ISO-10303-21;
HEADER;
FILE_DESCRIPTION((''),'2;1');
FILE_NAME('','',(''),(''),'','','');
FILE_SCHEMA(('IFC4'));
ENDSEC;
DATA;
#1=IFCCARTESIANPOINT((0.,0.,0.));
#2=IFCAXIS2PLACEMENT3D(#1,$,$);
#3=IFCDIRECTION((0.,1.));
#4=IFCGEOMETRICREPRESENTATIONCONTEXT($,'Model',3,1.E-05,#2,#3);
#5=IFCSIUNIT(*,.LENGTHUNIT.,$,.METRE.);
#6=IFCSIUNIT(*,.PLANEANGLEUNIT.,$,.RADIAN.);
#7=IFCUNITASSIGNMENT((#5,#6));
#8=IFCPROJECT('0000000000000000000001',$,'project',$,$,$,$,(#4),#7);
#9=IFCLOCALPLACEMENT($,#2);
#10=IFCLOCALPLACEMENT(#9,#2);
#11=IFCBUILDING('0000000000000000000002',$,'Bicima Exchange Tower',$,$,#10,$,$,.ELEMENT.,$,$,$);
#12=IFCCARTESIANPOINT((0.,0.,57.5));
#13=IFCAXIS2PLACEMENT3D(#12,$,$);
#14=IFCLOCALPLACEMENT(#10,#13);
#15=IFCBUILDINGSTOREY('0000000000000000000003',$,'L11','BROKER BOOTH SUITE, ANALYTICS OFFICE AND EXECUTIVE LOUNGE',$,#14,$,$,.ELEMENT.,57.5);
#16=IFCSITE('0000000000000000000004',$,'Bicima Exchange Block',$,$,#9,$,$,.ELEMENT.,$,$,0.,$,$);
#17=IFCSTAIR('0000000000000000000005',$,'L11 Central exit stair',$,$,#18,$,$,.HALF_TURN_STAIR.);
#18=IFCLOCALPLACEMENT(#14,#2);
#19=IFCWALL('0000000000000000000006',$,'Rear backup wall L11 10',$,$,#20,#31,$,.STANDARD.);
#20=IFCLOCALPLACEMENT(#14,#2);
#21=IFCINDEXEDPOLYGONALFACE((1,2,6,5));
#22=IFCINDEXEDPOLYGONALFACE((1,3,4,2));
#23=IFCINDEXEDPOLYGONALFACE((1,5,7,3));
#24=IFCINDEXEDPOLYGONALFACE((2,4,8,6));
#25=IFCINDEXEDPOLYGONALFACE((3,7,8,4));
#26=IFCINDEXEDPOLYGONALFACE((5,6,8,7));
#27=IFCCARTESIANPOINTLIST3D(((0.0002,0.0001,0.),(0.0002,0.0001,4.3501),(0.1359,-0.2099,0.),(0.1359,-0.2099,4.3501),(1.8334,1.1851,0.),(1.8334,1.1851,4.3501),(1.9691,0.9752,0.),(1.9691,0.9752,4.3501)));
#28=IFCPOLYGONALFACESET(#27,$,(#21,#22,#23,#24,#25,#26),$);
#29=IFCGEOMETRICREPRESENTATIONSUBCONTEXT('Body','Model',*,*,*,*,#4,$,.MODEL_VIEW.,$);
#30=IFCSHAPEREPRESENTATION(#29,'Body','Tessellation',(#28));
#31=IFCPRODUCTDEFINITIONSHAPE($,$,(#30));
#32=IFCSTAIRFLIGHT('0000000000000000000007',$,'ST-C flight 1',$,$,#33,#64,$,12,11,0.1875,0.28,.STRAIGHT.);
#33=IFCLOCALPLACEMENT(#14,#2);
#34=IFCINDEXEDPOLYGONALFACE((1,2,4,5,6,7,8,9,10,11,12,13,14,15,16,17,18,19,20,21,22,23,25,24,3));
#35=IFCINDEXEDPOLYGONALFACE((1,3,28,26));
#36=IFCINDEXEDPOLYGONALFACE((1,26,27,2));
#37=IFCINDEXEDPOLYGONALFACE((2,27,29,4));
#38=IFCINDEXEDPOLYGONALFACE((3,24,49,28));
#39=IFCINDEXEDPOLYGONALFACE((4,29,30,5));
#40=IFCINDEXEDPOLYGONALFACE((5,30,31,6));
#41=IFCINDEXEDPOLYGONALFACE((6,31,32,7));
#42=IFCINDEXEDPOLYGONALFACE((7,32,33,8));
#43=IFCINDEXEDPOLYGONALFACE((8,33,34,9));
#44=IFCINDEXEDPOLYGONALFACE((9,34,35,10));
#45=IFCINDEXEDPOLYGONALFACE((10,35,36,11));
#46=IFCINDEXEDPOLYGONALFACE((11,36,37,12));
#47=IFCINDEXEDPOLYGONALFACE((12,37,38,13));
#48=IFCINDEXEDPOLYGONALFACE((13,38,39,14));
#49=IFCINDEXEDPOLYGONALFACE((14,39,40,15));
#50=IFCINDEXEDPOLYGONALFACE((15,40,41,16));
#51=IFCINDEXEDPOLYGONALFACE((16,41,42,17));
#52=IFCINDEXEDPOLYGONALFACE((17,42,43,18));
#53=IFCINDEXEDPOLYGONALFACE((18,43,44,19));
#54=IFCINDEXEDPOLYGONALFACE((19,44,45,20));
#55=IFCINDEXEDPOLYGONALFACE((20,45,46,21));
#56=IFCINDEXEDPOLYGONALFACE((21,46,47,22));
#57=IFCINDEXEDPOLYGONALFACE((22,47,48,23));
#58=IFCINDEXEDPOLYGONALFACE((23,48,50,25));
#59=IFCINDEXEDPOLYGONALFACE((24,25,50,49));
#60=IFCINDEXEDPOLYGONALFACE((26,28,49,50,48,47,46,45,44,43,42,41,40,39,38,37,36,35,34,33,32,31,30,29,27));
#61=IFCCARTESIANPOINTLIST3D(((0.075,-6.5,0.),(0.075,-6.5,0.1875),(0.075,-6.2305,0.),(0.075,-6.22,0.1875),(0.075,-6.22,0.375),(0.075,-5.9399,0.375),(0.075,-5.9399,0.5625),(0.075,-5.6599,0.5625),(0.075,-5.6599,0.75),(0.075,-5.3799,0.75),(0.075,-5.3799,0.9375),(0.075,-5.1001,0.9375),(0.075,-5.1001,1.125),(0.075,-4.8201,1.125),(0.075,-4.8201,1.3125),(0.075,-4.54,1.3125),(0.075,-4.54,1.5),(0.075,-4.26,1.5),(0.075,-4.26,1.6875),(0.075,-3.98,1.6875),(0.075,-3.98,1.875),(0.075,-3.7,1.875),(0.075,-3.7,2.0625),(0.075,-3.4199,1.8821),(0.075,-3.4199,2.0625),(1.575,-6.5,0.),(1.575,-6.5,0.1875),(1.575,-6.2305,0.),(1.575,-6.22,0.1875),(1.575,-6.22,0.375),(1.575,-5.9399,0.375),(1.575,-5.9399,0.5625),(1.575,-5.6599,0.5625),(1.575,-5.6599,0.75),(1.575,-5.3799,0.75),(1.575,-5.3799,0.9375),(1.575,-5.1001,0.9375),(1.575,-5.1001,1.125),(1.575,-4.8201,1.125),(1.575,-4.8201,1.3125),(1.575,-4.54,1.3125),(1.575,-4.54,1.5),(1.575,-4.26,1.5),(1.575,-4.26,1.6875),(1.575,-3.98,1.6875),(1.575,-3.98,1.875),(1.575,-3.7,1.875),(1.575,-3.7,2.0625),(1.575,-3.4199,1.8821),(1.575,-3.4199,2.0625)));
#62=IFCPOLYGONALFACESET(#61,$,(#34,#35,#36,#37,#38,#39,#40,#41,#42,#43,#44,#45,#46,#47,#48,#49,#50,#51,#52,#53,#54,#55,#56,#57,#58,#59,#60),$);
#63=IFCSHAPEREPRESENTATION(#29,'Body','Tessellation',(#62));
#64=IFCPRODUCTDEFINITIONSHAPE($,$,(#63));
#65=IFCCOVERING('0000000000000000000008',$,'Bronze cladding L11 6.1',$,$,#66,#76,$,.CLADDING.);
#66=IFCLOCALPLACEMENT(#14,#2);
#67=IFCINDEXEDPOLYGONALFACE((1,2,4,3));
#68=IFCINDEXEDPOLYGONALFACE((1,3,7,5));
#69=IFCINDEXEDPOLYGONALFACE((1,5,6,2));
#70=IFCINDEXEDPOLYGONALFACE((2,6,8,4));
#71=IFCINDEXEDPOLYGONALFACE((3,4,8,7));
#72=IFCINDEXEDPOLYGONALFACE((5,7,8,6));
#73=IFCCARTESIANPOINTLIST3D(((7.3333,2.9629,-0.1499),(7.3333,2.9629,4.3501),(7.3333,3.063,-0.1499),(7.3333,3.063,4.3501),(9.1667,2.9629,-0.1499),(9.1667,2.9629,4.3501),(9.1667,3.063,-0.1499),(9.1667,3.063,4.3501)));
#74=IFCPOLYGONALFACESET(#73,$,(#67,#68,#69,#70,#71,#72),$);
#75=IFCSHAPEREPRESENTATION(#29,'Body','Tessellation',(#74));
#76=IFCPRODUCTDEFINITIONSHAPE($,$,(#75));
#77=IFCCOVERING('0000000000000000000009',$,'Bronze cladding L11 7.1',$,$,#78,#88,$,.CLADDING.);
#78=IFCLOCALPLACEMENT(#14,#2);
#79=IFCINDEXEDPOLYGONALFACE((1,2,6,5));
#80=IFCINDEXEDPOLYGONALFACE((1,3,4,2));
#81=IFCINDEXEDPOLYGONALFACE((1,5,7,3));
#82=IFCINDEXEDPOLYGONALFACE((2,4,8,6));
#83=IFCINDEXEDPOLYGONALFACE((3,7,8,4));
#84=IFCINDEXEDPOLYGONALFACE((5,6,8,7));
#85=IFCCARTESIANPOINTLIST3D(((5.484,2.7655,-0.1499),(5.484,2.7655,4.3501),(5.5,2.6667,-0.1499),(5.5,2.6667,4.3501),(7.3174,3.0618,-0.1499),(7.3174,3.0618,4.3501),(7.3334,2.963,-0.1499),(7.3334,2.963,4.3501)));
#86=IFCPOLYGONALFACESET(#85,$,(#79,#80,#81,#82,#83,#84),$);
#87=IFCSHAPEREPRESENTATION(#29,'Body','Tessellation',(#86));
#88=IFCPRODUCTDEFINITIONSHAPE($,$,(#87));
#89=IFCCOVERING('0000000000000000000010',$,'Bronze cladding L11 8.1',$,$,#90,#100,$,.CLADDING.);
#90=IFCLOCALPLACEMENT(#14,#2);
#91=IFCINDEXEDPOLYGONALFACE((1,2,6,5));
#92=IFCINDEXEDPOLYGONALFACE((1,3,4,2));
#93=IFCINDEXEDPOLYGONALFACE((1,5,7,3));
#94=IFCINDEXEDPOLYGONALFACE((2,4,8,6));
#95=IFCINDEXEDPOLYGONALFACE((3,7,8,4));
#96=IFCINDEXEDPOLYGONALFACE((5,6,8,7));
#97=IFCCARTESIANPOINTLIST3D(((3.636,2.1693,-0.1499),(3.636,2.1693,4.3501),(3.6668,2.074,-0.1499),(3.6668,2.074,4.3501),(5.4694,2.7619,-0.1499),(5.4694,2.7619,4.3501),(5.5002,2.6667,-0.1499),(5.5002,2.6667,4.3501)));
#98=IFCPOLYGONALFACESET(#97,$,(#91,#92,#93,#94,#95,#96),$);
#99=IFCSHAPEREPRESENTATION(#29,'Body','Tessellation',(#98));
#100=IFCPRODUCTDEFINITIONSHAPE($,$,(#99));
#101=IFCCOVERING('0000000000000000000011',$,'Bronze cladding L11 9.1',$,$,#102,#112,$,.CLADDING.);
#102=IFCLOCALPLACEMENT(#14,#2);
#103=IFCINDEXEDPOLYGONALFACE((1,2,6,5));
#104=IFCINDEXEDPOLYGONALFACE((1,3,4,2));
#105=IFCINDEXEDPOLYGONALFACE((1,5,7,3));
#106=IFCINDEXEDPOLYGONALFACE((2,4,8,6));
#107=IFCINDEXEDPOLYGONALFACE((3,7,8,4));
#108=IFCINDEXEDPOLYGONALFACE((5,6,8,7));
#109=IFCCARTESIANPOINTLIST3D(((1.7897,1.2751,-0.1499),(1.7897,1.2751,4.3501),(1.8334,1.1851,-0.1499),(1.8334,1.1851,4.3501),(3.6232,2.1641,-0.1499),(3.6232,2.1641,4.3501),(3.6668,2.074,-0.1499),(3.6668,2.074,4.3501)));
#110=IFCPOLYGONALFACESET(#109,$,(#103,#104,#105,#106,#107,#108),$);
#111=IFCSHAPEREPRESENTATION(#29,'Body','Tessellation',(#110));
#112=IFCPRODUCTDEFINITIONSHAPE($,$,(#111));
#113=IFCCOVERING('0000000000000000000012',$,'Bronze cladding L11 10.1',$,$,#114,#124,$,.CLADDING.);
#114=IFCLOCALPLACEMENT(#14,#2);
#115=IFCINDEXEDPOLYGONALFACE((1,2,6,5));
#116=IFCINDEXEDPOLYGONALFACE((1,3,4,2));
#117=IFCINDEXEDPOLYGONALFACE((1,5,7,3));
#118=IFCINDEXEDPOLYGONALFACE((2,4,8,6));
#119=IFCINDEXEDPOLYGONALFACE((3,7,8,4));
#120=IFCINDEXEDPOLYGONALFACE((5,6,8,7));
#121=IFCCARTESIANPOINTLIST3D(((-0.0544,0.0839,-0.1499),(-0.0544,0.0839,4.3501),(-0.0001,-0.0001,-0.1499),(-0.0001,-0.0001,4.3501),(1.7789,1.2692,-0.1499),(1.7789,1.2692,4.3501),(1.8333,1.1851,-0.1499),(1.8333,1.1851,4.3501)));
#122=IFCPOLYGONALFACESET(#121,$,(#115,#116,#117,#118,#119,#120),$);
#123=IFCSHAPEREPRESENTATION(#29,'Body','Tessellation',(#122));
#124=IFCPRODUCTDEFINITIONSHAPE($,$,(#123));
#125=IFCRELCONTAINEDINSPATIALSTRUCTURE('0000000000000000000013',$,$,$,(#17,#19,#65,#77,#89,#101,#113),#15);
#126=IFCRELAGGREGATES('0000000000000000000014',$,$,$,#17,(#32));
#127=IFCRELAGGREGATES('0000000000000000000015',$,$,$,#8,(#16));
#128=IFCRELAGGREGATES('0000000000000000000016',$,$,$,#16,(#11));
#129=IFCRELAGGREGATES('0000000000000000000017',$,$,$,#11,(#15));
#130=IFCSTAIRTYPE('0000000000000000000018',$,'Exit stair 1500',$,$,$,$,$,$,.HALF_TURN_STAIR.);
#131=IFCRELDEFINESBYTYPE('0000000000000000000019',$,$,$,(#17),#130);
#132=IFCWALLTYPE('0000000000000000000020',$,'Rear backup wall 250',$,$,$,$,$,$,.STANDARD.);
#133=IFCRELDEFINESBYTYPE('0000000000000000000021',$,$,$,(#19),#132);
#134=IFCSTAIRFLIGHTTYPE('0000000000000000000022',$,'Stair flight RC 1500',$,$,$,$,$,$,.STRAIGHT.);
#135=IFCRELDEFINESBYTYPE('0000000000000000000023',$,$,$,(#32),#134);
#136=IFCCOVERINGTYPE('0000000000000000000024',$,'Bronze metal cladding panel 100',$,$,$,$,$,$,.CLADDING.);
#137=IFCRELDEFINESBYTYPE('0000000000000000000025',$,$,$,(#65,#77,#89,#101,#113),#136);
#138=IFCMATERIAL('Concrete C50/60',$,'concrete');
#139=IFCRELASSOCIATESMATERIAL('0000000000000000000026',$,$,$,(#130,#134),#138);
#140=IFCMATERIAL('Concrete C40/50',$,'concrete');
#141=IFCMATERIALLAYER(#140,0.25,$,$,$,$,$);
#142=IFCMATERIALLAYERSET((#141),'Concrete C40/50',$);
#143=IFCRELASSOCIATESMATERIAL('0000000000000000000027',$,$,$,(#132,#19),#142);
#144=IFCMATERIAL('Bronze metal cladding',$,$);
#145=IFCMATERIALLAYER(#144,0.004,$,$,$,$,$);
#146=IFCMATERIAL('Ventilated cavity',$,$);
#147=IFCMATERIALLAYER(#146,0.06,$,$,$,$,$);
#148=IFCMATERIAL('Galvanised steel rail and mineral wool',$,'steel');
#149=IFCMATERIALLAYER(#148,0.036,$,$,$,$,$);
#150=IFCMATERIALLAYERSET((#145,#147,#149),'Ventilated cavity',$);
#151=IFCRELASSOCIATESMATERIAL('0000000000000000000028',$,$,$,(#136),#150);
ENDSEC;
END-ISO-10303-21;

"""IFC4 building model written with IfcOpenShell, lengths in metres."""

from ifc_helpers import new_model, si_unit, direction, frame, frame_2d, origin, origin_2d, place, context, subcontext, project, spatial, polyline, rectangle, outline, extrude, material, layer, layer_set, layer_usage, type_object, element, aggregate, save


model = new_model("IFC4")

# Units and contexts
model_context = context("Model", 3, precision=1e-05, world=origin(), true_north=direction((0.0, 1.0)))
body_context = subcontext(model_context, "Body", "Model", "MODEL_VIEW")
ifc_project = project(units=[si_unit("LENGTHUNIT", "METRE"), si_unit("PLANEANGLEUNIT", "RADIAN")], contexts=[model_context])

# Site, building, storey
site_placement = place(None, origin())
site = spatial("IfcSite", under=ifc_project, at=site_placement, Name="Bicima Exchange Block", CompositionType="ELEMENT", RefElevation=0.0)
building_placement = place(site_placement, origin())
building = spatial("IfcBuilding", under=site, at=building_placement, Name="Bicima Exchange Tower", CompositionType="ELEMENT")
storey_placement = place(building_placement, frame((0.0, 0.0, 57.5)))
storey = spatial("IfcBuildingStorey", under=building, at=storey_placement, Name="L11", Description="BROKER BOOTH SUITE, ANALYTICS OFFICE AND EXECUTIVE LOUNGE", CompositionType="ELEMENT", Elevation=57.5)

# Stair
ifc_material_1 = material(Name="Concrete C50/60", Category="concrete")
stair_type_1 = type_object("IfcStairType", Name="Exit stair 1500", PredefinedType="HALF_TURN_STAIR", material=ifc_material_1)
stair_1_placement = place(storey_placement, origin())
stair_1 = element("IfcStair", 1, at=stair_1_placement, inside=storey, type_object=stair_type_1, Name="L11 Central exit stair", PredefinedType="HALF_TURN_STAIR")

# Wall
ifc_material_2 = material(Name="Concrete C40/50", Category="concrete")
ifc_layer_1 = layer(ifc_material_2, 0.25)
ifc_layer_set_1 = layer_set([ifc_layer_1], Name="Concrete C40/50")
ifc_layer_usage = layer_usage(ifc_layer_set_1, "AXIS2", "POSITIVE", -0.125)
wall_type_1 = type_object("IfcWallType", Name="Rear backup wall 250", PredefinedType="STANDARD", material=ifc_layer_set_1)
wall_1_placement = place(storey_placement, frame((1.9011, 1.0801, 0.0), z_axis=(0.0, 0.0, 1.0), x_axis=(-0.839813, -0.542876, 0.0)))
element("IfcWall", 2, at=wall_1_placement, inside=storey, type_object=wall_type_1, material=ifc_layer_usage, Name="Rear backup wall L11 10", PredefinedType="STANDARD", context=body_context, shape_type="SweptSolid", body=[
    extrude(rectangle(XDim=2.1829, YDim=0.25, at=frame_2d((1.0913, 0.0))), origin(), (0.0, 0.0, 1.0), 4.3501),
])

# Stair flight
stair_flight_type = type_object("IfcStairFlightType", Name="Stair flight RC 1500", PredefinedType="STRAIGHT", material=ifc_material_1)
stair_flight_placement = place(storey_placement, frame((0.825, -6.5, 0.0), z_axis=(0.0, 0.0, 1.0), x_axis=(0.0, 1.0, 0.0)))
stair_flight = element("IfcStairFlight", 3, at=stair_flight_placement, type_object=stair_flight_type, Name="ST-C flight 1", NumberOfRisers=12, NumberOfTreads=11, PredefinedType="STRAIGHT", RiserHeight=0.1875, TreadLength=0.28, context=body_context, shape_type="SweptSolid", body=[
    extrude(outline(polyline([(0.0, 0.0), (0.0, 0.1875), (0.28, 0.1875), (0.28, 0.375), (0.5601, 0.375), (0.5601, 0.5625), (0.8401, 0.5625), (0.8401, 0.75), (1.1201, 0.75), (1.1201, 0.9375), (1.3999, 0.9375), (1.3999, 1.125), (1.6799, 1.125), (1.6799, 1.3125), (1.96, 1.3125), (1.96, 1.5), (2.24, 1.5), (2.24, 1.6875), (2.52, 1.6875), (2.52, 1.875), (2.8, 1.875), (2.8, 2.0625), (3.0801, 2.0625), (3.0801, 2.25), (3.0801, 1.8821), (0.2695, 0.0), (0.0, 0.0)])), frame((0.0, 0.75, 0.0), z_axis=(0.0, -1.0, 0.0), x_axis=(1.0, 0.0, 0.0)), (0.0, 0.0, 1.0), 1.5),
])
aggregate(stair_1, [stair_flight])

# Coverings
ifc_material_3 = material(Name="Bronze metal cladding")
ifc_layer_2 = layer(ifc_material_3, 0.004)
ifc_material_4 = material(Name="Ventilated cavity")
ifc_layer_3 = layer(ifc_material_4, 0.06)
ifc_material_5 = material(Name="Galvanised steel rail and mineral wool", Category="steel")
ifc_layer_4 = layer(ifc_material_5, 0.036)
ifc_layer_set_2 = layer_set([ifc_layer_2, ifc_layer_3, ifc_layer_4], Name="Ventilated cavity")
covering_type = type_object("IfcCoveringType", Name="Bronze metal cladding panel 100", PredefinedType="CLADDING", material=ifc_layer_set_2)
covering_1_placement = place(storey_placement, frame((8.25, 3.0129, -0.1499), z_axis=(0.0, 0.0, 1.0), x_axis=(-1.0, 0.0, 0.0)))
element("IfcCovering", 4, at=covering_1_placement, inside=storey, type_object=covering_type, Name="Bronze cladding L11 6.1", PredefinedType="CLADDING", context=body_context, shape_type="SweptSolid", body=[
    extrude(rectangle(XDim=1.8335, YDim=0.1001, at=origin_2d()), origin(), (0.0, 0.0, 1.0), 4.5),
])
covering_2_placement = place(storey_placement, frame((6.4087, 2.8643, -0.1499), z_axis=(0.0, 0.0, 1.0), x_axis=(-0.98719, -0.15955, 0.0)))
element("IfcCovering", 5, at=covering_2_placement, inside=storey, type_object=covering_type, Name="Bronze cladding L11 7.1", PredefinedType="CLADDING", context=body_context, shape_type="SweptSolid", body=[
    extrude(rectangle(XDim=1.8572, YDim=0.1001, at=origin_2d()), origin(), (0.0, 0.0, 1.0), 4.5),
])
covering_3_placement = place(storey_placement, frame((4.5681, 2.418, -0.1499), z_axis=(0.0, 0.0, 1.0), x_axis=(-0.951525, -0.307573, 0.0)))
element("IfcCovering", 6, at=covering_3_placement, inside=storey, type_object=covering_type, Name="Bronze cladding L11 8.1", PredefinedType="CLADDING", context=body_context, shape_type="SweptSolid", body=[
    extrude(rectangle(XDim=1.9268, YDim=0.1001, at=origin_2d()), origin(), (0.0, 0.0, 1.0), 4.5),
])
covering_4_placement = place(storey_placement, frame((2.7283, 1.6746, -0.1499), z_axis=(0.0, 0.0, 1.0), x_axis=(-0.899818, -0.436265, 0.0)))
element("IfcCovering", 7, at=covering_4_placement, inside=storey, type_object=covering_type, Name="Bronze cladding L11 9.1", PredefinedType="CLADDING", context=body_context, shape_type="SweptSolid", body=[
    extrude(rectangle(XDim=2.0376, YDim=0.1001, at=origin_2d()), origin(), (0.0, 0.0, 1.0), 4.5),
])
covering_5_placement = place(storey_placement, frame((0.8894, 0.6345, -0.1499), z_axis=(0.0, 0.0, 1.0), x_axis=(-0.83979, -0.542911, 0.0)))
element("IfcCovering", 8, at=covering_5_placement, inside=storey, type_object=covering_type, Name="Bronze cladding L11 10.1", PredefinedType="CLADDING", context=body_context, shape_type="SweptSolid", body=[
    extrude(rectangle(XDim=2.1831, YDim=0.1001, at=origin_2d()), origin(), (0.0, 0.0, 1.0), 4.5),
])

save(model, "model.ifc")
